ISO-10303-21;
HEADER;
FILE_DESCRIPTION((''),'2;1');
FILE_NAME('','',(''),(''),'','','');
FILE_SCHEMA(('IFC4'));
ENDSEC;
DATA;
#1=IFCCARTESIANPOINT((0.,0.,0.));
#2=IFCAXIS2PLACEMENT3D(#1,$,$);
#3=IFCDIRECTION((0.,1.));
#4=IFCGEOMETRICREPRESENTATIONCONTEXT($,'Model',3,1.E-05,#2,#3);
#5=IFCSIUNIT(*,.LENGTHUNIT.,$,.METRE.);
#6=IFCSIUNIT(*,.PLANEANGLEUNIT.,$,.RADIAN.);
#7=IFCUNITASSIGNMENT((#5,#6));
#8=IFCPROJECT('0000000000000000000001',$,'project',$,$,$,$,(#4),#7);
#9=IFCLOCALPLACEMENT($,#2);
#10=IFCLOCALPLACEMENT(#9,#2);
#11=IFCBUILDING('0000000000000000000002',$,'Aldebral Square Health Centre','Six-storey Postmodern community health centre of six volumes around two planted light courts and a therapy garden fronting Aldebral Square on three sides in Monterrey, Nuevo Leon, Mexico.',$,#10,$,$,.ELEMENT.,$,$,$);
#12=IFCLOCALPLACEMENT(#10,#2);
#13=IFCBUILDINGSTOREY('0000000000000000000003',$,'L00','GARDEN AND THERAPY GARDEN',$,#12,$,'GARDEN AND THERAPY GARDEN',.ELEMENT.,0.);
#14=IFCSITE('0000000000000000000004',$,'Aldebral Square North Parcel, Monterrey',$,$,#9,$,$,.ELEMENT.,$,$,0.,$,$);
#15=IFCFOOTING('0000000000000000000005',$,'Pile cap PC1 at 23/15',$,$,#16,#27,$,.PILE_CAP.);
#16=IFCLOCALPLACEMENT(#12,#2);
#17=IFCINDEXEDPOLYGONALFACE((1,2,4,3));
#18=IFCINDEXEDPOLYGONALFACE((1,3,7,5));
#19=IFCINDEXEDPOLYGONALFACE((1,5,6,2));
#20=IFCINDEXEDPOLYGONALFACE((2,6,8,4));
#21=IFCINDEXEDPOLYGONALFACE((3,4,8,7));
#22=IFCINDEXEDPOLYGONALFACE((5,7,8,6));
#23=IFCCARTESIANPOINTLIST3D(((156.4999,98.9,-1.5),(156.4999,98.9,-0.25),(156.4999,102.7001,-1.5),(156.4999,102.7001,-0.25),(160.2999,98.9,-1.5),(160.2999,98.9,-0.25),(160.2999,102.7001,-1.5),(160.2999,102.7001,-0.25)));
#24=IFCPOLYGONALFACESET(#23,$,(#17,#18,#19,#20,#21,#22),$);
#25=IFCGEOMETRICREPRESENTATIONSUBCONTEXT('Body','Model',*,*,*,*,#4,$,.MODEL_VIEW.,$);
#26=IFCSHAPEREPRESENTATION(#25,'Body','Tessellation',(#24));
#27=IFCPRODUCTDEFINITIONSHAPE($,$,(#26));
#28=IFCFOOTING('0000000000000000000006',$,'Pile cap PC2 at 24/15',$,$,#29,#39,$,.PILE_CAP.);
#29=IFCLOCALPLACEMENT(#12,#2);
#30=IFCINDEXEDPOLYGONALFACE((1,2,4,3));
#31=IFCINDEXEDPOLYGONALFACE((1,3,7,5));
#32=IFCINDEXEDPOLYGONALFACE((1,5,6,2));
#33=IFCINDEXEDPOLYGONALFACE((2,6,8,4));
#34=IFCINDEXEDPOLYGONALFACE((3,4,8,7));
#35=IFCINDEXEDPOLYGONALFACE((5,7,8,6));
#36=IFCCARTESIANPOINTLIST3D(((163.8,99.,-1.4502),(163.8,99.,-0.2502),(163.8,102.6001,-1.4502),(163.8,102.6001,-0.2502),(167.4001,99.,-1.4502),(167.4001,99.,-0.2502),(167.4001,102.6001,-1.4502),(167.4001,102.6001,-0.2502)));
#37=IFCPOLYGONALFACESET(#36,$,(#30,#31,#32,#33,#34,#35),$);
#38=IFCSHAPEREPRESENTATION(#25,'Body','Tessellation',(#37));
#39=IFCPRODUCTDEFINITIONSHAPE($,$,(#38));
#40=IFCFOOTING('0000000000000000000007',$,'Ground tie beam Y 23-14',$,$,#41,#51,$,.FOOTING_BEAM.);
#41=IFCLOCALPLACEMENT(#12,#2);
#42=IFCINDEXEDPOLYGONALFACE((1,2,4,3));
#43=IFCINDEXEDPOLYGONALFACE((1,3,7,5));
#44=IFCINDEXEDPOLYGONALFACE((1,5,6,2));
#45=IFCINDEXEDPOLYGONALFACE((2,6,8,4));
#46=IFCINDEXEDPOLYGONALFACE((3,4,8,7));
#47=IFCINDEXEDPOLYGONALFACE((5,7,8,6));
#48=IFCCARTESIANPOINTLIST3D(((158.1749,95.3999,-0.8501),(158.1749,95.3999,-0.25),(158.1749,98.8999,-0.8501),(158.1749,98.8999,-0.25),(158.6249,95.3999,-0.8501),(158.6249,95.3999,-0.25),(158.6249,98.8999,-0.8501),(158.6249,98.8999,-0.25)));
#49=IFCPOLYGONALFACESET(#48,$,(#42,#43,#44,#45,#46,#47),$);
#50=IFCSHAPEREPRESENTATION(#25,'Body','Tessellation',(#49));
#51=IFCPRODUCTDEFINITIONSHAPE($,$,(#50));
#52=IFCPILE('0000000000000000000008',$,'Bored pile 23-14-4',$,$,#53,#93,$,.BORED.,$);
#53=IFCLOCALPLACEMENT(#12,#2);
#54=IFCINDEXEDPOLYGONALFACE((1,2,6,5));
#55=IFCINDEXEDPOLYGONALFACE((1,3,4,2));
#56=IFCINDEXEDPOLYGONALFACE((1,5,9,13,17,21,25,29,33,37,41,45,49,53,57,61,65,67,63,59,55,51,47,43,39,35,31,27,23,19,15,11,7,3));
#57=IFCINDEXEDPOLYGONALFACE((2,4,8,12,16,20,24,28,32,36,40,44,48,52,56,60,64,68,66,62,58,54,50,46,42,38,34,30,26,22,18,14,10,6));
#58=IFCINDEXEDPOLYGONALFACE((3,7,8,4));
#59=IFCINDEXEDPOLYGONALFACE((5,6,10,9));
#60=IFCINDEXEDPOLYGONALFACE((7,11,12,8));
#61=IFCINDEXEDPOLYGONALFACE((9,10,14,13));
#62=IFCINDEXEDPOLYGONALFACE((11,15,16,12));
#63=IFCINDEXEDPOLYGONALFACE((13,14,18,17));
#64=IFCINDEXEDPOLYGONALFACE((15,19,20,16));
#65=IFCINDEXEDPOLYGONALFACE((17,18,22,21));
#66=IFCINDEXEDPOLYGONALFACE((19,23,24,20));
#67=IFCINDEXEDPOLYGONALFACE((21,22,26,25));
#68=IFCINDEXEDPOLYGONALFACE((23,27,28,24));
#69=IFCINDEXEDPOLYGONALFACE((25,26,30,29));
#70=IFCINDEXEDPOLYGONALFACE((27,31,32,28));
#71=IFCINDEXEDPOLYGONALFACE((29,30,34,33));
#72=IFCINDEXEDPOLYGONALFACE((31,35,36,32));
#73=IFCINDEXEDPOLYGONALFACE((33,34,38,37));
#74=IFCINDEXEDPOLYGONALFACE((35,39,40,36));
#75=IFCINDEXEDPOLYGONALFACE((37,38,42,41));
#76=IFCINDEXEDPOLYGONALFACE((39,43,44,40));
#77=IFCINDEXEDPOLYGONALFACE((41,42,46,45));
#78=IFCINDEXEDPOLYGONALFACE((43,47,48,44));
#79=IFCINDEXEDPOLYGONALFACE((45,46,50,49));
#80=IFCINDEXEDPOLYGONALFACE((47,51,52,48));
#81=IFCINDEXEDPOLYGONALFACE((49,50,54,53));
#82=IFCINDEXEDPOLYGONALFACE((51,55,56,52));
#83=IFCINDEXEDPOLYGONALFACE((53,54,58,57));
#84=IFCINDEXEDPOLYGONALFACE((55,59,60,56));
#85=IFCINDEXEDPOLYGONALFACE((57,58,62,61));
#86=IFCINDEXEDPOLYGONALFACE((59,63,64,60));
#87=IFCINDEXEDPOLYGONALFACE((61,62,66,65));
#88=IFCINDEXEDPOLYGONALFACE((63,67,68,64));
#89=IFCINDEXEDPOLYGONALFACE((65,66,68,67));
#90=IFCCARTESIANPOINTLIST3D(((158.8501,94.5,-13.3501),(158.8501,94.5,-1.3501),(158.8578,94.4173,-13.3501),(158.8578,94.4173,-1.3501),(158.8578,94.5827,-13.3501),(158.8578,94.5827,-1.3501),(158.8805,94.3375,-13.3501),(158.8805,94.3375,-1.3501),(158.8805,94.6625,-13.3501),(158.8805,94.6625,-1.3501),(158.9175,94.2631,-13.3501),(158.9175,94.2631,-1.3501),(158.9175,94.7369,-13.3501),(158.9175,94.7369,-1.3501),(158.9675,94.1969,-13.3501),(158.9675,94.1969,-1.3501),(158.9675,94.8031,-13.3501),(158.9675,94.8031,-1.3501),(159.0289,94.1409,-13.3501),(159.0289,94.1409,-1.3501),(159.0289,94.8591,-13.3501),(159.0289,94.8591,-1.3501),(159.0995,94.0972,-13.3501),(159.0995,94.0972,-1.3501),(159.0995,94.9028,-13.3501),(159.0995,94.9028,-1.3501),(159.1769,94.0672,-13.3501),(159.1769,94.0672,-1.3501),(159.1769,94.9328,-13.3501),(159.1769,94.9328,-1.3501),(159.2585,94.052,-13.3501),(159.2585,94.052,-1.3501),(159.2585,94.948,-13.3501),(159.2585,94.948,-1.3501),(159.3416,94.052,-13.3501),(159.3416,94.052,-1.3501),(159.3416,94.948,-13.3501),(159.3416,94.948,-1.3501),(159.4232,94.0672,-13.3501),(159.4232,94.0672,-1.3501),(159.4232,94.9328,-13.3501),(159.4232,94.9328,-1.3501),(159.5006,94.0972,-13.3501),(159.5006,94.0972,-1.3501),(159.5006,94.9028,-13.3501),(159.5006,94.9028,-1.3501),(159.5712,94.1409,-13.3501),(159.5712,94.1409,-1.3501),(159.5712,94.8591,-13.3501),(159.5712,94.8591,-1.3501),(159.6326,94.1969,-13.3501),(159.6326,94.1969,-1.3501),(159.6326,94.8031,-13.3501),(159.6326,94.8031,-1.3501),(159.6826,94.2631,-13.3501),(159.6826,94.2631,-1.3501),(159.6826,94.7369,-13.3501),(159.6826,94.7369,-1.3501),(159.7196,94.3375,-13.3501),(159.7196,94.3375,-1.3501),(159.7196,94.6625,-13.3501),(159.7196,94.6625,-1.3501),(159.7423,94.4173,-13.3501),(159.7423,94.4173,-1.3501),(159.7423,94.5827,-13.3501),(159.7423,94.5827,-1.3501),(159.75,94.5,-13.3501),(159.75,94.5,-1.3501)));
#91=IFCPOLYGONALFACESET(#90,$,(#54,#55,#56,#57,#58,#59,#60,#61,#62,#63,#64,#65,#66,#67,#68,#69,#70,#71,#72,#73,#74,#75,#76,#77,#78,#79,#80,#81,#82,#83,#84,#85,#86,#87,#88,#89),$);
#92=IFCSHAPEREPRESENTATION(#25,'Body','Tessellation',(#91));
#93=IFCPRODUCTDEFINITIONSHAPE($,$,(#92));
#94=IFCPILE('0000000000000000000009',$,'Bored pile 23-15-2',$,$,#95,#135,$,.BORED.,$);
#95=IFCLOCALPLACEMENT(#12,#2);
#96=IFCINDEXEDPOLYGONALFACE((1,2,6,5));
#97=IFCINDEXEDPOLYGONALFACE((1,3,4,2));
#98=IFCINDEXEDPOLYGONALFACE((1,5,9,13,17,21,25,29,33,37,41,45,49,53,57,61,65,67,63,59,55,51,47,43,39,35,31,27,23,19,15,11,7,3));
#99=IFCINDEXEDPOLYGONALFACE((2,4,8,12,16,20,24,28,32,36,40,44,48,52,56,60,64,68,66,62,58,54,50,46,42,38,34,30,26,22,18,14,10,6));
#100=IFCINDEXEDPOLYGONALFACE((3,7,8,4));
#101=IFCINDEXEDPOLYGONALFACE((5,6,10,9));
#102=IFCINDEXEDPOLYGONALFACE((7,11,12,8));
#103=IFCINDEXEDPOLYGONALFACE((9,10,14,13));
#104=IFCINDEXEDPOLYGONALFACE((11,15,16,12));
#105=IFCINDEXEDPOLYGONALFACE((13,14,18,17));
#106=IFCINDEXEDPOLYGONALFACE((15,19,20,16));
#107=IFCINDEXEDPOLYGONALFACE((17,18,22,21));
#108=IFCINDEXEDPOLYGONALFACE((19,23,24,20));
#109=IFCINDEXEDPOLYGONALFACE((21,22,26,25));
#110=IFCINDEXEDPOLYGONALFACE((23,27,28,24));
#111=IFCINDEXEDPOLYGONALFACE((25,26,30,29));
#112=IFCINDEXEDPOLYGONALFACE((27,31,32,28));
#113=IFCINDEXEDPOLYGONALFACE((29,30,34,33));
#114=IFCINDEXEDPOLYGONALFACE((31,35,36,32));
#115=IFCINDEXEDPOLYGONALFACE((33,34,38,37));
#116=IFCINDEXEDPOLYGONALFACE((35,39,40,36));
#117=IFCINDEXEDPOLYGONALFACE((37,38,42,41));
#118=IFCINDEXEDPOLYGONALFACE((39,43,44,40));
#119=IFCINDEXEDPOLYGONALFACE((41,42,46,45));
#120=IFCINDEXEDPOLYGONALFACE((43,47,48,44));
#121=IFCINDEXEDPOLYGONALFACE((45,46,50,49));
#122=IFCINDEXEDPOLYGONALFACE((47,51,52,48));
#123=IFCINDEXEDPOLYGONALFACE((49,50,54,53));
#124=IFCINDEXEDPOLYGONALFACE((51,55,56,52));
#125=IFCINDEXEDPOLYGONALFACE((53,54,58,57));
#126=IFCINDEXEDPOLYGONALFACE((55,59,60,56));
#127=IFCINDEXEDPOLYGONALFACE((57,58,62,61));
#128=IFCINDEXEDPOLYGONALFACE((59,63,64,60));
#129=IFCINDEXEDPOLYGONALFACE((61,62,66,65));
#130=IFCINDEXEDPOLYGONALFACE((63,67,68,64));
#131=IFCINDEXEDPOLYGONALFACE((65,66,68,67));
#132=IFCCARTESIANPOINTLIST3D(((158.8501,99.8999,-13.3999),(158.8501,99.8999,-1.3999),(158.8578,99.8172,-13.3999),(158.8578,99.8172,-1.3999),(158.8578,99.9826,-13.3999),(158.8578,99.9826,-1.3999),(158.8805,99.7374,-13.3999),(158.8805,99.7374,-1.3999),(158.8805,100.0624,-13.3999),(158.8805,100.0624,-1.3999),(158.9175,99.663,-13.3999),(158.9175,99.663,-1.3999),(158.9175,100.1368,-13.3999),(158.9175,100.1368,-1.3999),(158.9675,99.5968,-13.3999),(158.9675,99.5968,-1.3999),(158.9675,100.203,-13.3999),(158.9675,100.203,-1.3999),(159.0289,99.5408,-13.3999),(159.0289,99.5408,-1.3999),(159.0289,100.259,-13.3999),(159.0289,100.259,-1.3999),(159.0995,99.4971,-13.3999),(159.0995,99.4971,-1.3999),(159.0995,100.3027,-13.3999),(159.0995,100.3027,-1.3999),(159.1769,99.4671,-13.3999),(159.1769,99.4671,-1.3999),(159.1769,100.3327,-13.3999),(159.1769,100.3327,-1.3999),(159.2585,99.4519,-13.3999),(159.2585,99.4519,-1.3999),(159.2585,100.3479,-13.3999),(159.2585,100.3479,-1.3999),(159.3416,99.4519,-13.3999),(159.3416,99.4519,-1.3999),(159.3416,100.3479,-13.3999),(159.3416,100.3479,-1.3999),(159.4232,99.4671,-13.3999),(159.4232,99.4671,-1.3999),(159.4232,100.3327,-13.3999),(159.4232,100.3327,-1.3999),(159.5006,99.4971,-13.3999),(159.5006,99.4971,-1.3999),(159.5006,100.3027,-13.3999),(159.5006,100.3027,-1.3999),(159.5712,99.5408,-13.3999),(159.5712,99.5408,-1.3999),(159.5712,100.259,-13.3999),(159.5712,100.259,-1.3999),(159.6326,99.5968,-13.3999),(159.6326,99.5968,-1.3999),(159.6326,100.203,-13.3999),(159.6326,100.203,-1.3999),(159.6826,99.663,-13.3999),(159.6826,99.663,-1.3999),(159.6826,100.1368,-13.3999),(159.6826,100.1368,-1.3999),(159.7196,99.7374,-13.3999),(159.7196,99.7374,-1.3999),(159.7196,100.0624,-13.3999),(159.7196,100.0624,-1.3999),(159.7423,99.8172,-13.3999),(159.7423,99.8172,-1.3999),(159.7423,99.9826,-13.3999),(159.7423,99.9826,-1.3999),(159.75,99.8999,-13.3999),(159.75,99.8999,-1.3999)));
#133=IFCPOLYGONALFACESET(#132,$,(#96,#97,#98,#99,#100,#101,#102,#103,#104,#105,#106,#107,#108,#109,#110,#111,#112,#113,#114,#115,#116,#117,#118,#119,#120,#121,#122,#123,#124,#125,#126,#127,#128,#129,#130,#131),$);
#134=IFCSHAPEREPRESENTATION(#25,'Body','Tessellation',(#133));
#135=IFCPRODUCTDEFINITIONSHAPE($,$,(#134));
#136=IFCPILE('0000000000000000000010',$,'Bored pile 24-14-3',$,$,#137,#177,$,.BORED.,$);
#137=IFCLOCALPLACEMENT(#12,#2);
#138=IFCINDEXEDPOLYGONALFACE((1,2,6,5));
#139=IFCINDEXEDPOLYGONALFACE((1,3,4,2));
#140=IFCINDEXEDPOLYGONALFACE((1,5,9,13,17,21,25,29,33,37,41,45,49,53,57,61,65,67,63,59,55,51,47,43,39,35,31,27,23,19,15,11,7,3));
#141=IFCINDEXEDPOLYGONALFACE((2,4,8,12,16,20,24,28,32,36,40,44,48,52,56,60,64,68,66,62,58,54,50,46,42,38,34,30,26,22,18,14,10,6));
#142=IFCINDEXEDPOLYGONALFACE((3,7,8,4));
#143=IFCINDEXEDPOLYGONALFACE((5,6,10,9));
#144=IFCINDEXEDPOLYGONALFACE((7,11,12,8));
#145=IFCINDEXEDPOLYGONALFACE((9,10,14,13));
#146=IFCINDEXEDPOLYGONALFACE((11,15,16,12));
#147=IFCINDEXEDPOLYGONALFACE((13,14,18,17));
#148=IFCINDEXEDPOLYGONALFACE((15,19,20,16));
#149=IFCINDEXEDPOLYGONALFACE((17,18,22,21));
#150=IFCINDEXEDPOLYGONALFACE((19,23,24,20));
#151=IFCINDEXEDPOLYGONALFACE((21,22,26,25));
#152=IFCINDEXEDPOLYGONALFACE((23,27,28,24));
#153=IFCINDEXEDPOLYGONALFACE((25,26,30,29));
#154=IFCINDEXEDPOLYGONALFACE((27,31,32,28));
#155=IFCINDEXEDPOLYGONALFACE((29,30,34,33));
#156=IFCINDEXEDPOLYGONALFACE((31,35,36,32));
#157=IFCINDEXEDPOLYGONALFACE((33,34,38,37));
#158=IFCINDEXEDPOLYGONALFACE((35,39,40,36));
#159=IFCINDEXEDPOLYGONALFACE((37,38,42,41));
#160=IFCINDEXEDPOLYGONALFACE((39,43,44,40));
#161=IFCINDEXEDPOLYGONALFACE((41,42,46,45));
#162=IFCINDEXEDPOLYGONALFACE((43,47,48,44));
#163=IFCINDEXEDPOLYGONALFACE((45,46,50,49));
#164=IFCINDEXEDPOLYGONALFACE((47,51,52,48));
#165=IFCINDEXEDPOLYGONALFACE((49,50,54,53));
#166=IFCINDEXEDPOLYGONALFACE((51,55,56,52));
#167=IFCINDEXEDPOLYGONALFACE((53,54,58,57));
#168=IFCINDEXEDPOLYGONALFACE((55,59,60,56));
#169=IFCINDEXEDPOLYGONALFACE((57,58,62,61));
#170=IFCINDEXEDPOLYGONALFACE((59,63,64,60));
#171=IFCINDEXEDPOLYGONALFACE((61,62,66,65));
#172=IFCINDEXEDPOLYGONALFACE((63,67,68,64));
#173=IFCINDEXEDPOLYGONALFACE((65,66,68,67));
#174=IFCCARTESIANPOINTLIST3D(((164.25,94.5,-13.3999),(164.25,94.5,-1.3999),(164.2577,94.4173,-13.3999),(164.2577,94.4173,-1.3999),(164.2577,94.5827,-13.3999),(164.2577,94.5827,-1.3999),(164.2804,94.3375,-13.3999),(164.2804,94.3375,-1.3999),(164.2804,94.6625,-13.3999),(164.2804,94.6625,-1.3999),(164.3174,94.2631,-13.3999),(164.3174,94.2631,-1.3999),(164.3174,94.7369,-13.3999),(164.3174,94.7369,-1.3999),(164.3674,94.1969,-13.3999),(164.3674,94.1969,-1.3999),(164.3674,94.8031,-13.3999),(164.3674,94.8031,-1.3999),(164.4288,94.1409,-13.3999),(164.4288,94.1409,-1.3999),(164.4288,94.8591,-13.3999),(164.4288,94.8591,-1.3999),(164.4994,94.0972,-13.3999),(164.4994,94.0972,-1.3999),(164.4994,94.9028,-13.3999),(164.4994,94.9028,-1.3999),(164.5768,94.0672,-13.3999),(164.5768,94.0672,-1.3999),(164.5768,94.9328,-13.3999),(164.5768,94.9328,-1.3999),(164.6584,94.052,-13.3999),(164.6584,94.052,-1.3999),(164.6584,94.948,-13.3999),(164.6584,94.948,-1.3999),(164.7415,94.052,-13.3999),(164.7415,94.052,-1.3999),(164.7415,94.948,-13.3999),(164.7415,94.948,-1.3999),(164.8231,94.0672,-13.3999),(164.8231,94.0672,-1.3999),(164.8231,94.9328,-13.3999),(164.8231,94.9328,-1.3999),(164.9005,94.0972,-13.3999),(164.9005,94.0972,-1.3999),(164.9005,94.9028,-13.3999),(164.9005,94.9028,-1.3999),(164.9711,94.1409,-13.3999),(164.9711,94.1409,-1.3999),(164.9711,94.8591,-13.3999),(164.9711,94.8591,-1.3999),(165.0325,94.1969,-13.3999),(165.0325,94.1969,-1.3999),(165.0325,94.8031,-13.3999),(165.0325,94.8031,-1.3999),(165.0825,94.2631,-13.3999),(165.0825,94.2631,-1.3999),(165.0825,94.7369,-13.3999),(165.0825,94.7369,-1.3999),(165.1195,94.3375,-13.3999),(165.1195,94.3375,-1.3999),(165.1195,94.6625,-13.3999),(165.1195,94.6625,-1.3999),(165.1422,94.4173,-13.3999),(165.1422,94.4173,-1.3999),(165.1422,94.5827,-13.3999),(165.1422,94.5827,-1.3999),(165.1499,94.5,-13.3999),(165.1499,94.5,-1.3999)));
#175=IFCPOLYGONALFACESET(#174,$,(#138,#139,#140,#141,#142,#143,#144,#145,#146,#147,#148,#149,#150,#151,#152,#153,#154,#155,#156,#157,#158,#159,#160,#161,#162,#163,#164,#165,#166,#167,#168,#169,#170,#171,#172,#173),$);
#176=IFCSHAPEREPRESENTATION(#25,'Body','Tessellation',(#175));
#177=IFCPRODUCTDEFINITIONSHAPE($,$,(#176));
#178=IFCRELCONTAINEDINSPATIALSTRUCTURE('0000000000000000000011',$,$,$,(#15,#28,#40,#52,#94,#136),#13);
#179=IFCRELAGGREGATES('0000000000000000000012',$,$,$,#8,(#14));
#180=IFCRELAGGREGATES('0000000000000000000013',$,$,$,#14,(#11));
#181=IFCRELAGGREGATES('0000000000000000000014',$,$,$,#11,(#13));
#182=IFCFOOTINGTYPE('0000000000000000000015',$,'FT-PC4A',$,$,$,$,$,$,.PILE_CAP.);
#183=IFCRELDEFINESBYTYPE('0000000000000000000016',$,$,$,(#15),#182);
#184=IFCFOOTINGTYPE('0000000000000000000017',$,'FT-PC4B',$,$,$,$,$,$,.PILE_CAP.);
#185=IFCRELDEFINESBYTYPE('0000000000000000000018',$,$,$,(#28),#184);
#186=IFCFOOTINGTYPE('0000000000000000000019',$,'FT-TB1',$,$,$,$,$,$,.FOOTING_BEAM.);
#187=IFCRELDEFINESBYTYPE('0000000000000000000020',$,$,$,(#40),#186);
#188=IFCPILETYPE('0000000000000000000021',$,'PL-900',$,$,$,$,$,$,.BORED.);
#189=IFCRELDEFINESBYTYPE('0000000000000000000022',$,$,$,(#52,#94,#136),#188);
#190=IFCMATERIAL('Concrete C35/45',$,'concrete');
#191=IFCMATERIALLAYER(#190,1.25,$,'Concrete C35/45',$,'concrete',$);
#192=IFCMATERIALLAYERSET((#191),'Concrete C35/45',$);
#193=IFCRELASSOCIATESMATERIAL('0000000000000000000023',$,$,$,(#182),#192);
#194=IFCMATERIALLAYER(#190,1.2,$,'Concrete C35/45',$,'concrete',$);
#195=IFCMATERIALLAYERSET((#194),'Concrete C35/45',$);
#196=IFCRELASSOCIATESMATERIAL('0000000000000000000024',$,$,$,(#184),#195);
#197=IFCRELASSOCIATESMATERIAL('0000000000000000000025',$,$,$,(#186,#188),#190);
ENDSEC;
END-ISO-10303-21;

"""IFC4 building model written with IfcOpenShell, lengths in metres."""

from ifc_helpers import new_model, si_unit, direction, frame, origin, origin_2d, place, context, subcontext, project, spatial, rectangle, circle, extrude, material, layer, layer_set, material_profile, profile_set, type_object, element, save


model = new_model("IFC4")

# Units and contexts
model_context = context("Model", 3, precision=1e-05, world=origin(), true_north=direction((0.0, 1.0)))
body_context = subcontext(model_context, "Body", "Model", "MODEL_VIEW")
ifc_project = project(units=[si_unit("LENGTHUNIT", "METRE"), si_unit("PLANEANGLEUNIT", "RADIAN")], contexts=[model_context])

# Site, building, storey
site_placement = place(None, origin())
site = spatial("IfcSite", under=ifc_project, at=site_placement, Name="Aldebral Square North Parcel, Monterrey", CompositionType="ELEMENT", RefElevation=0.0)
building_placement = place(site_placement, origin())
building = spatial("IfcBuilding", under=site, at=building_placement, Name="Aldebral Square Health Centre", Description="Six-storey Postmodern community health centre of six volumes around two planted light courts and a therapy garden fronting Aldebral Square on three sides in Monterrey, Nuevo Leon, Mexico.", CompositionType="ELEMENT")
storey_placement = place(building_placement, origin())
storey = spatial("IfcBuildingStorey", under=building, at=storey_placement, Name="L00", Description="GARDEN AND THERAPY GARDEN", LongName="GARDEN AND THERAPY GARDEN", CompositionType="ELEMENT", Elevation=0.0)

# Footings
ifc_material_1 = material(Name="Concrete C35/45", Category="concrete")
ifc_layer_1 = layer(ifc_material_1, 1.25, Name="Concrete C35/45", Category="concrete")
ifc_layer_set_1 = layer_set([ifc_layer_1], Name="Concrete C35/45")
footing_type_1 = type_object("IfcFootingType", Name="FT-PC4A", PredefinedType="PILE_CAP", material=ifc_layer_set_1)
footing_1_placement = place(storey_placement, frame((158.3999, 100.8, -1.5), z_axis=(0.0, 0.0, 1.0), x_axis=(1.0, 0.0, 0.0)))
element("IfcFooting", 1, at=footing_1_placement, inside=storey, type_object=footing_type_1, Name="Pile cap PC1 at 23/15", PredefinedType="PILE_CAP", context=body_context, shape_type="SweptSolid", body=[
    extrude(rectangle(XDim=3.8, YDim=3.8, at=origin_2d()), origin(), (0.0, 0.0, 1.0), 1.25),
])
ifc_layer_2 = layer(ifc_material_1, 1.2, Name="Concrete C35/45", Category="concrete")
ifc_layer_set_2 = layer_set([ifc_layer_2], Name="Concrete C35/45")
footing_type_2 = type_object("IfcFootingType", Name="FT-PC4B", PredefinedType="PILE_CAP", material=ifc_layer_set_2)
footing_2_placement = place(storey_placement, frame((165.6001, 100.8, -1.4502), z_axis=(0.0, 0.0, 1.0), x_axis=(1.0, 0.0, 0.0)))
element("IfcFooting", 2, at=footing_2_placement, inside=storey, type_object=footing_type_2, Name="Pile cap PC2 at 24/15", PredefinedType="PILE_CAP", context=body_context, shape_type="SweptSolid", body=[
    extrude(rectangle(XDim=3.6001, YDim=3.6001, at=origin_2d()), origin(), (0.0, 0.0, 1.0), 1.2),
])
ifc_material_profile_1 = material_profile(ifc_material_1, rectangle(XDim=0.45, YDim=0.6001, at=origin_2d()), Name="RC 450x600")
ifc_profile_set_1 = profile_set([ifc_material_profile_1], Name="Concrete C35/45")
footing_type_3 = type_object("IfcFootingType", Name="FT-TB1", PredefinedType="FOOTING_BEAM", material=ifc_profile_set_1)
footing_3_placement = place(storey_placement, frame((158.3999, 95.3999, -0.55), z_axis=(0.0, 1.0, 0.0), x_axis=(-1.0, 0.0, 0.0)))
element("IfcFooting", 3, at=footing_3_placement, inside=storey, type_object=footing_type_3, Name="Ground tie beam Y 23-14", PredefinedType="FOOTING_BEAM", context=body_context, shape_type="SweptSolid", body=[
    extrude(rectangle(XDim=0.45, YDim=0.6001, at=origin_2d()), origin(), (0.0, 0.0, 1.0), 3.5),
])

# Piles
ifc_material_profile_2 = material_profile(ifc_material_1, circle(Radius=0.45, at=origin_2d()), Name="PILE D900")
ifc_profile_set_2 = profile_set([ifc_material_profile_2], Name="Concrete C35/45")
pile_type = type_object("IfcPileType", Name="PL-900", PredefinedType="BORED", material=ifc_profile_set_2)
for number, where, z_axis, x_axis, name in (
    (4, (159.3, 94.5, -1.3501), (0.0, 0.0, -1.0), (1.0, 0.0, 0.0), "Bored pile 23-14-4"),
    (5, (159.3, 99.8999, -1.3999), (0.0, 0.0, -1.0), (1.0, 0.0, 0.0), "Bored pile 23-15-2"),
    (6, (164.7, 94.5, -1.3999), (0.0, 0.0, -1.0), (1.0, 0.0, 0.0), "Bored pile 24-14-3"),
):
    element("IfcPile", number, at=place(storey_placement, frame(where, z_axis=z_axis, x_axis=x_axis)), inside=storey, type_object=pile_type, Name=name, PredefinedType="BORED", context=body_context, shape_type="SweptSolid", body=[
        extrude(circle(Radius=0.45, at=origin_2d()), origin(), (0.0, 0.0, 1.0), 12.0),
    ])

save(model, "model.ifc")
